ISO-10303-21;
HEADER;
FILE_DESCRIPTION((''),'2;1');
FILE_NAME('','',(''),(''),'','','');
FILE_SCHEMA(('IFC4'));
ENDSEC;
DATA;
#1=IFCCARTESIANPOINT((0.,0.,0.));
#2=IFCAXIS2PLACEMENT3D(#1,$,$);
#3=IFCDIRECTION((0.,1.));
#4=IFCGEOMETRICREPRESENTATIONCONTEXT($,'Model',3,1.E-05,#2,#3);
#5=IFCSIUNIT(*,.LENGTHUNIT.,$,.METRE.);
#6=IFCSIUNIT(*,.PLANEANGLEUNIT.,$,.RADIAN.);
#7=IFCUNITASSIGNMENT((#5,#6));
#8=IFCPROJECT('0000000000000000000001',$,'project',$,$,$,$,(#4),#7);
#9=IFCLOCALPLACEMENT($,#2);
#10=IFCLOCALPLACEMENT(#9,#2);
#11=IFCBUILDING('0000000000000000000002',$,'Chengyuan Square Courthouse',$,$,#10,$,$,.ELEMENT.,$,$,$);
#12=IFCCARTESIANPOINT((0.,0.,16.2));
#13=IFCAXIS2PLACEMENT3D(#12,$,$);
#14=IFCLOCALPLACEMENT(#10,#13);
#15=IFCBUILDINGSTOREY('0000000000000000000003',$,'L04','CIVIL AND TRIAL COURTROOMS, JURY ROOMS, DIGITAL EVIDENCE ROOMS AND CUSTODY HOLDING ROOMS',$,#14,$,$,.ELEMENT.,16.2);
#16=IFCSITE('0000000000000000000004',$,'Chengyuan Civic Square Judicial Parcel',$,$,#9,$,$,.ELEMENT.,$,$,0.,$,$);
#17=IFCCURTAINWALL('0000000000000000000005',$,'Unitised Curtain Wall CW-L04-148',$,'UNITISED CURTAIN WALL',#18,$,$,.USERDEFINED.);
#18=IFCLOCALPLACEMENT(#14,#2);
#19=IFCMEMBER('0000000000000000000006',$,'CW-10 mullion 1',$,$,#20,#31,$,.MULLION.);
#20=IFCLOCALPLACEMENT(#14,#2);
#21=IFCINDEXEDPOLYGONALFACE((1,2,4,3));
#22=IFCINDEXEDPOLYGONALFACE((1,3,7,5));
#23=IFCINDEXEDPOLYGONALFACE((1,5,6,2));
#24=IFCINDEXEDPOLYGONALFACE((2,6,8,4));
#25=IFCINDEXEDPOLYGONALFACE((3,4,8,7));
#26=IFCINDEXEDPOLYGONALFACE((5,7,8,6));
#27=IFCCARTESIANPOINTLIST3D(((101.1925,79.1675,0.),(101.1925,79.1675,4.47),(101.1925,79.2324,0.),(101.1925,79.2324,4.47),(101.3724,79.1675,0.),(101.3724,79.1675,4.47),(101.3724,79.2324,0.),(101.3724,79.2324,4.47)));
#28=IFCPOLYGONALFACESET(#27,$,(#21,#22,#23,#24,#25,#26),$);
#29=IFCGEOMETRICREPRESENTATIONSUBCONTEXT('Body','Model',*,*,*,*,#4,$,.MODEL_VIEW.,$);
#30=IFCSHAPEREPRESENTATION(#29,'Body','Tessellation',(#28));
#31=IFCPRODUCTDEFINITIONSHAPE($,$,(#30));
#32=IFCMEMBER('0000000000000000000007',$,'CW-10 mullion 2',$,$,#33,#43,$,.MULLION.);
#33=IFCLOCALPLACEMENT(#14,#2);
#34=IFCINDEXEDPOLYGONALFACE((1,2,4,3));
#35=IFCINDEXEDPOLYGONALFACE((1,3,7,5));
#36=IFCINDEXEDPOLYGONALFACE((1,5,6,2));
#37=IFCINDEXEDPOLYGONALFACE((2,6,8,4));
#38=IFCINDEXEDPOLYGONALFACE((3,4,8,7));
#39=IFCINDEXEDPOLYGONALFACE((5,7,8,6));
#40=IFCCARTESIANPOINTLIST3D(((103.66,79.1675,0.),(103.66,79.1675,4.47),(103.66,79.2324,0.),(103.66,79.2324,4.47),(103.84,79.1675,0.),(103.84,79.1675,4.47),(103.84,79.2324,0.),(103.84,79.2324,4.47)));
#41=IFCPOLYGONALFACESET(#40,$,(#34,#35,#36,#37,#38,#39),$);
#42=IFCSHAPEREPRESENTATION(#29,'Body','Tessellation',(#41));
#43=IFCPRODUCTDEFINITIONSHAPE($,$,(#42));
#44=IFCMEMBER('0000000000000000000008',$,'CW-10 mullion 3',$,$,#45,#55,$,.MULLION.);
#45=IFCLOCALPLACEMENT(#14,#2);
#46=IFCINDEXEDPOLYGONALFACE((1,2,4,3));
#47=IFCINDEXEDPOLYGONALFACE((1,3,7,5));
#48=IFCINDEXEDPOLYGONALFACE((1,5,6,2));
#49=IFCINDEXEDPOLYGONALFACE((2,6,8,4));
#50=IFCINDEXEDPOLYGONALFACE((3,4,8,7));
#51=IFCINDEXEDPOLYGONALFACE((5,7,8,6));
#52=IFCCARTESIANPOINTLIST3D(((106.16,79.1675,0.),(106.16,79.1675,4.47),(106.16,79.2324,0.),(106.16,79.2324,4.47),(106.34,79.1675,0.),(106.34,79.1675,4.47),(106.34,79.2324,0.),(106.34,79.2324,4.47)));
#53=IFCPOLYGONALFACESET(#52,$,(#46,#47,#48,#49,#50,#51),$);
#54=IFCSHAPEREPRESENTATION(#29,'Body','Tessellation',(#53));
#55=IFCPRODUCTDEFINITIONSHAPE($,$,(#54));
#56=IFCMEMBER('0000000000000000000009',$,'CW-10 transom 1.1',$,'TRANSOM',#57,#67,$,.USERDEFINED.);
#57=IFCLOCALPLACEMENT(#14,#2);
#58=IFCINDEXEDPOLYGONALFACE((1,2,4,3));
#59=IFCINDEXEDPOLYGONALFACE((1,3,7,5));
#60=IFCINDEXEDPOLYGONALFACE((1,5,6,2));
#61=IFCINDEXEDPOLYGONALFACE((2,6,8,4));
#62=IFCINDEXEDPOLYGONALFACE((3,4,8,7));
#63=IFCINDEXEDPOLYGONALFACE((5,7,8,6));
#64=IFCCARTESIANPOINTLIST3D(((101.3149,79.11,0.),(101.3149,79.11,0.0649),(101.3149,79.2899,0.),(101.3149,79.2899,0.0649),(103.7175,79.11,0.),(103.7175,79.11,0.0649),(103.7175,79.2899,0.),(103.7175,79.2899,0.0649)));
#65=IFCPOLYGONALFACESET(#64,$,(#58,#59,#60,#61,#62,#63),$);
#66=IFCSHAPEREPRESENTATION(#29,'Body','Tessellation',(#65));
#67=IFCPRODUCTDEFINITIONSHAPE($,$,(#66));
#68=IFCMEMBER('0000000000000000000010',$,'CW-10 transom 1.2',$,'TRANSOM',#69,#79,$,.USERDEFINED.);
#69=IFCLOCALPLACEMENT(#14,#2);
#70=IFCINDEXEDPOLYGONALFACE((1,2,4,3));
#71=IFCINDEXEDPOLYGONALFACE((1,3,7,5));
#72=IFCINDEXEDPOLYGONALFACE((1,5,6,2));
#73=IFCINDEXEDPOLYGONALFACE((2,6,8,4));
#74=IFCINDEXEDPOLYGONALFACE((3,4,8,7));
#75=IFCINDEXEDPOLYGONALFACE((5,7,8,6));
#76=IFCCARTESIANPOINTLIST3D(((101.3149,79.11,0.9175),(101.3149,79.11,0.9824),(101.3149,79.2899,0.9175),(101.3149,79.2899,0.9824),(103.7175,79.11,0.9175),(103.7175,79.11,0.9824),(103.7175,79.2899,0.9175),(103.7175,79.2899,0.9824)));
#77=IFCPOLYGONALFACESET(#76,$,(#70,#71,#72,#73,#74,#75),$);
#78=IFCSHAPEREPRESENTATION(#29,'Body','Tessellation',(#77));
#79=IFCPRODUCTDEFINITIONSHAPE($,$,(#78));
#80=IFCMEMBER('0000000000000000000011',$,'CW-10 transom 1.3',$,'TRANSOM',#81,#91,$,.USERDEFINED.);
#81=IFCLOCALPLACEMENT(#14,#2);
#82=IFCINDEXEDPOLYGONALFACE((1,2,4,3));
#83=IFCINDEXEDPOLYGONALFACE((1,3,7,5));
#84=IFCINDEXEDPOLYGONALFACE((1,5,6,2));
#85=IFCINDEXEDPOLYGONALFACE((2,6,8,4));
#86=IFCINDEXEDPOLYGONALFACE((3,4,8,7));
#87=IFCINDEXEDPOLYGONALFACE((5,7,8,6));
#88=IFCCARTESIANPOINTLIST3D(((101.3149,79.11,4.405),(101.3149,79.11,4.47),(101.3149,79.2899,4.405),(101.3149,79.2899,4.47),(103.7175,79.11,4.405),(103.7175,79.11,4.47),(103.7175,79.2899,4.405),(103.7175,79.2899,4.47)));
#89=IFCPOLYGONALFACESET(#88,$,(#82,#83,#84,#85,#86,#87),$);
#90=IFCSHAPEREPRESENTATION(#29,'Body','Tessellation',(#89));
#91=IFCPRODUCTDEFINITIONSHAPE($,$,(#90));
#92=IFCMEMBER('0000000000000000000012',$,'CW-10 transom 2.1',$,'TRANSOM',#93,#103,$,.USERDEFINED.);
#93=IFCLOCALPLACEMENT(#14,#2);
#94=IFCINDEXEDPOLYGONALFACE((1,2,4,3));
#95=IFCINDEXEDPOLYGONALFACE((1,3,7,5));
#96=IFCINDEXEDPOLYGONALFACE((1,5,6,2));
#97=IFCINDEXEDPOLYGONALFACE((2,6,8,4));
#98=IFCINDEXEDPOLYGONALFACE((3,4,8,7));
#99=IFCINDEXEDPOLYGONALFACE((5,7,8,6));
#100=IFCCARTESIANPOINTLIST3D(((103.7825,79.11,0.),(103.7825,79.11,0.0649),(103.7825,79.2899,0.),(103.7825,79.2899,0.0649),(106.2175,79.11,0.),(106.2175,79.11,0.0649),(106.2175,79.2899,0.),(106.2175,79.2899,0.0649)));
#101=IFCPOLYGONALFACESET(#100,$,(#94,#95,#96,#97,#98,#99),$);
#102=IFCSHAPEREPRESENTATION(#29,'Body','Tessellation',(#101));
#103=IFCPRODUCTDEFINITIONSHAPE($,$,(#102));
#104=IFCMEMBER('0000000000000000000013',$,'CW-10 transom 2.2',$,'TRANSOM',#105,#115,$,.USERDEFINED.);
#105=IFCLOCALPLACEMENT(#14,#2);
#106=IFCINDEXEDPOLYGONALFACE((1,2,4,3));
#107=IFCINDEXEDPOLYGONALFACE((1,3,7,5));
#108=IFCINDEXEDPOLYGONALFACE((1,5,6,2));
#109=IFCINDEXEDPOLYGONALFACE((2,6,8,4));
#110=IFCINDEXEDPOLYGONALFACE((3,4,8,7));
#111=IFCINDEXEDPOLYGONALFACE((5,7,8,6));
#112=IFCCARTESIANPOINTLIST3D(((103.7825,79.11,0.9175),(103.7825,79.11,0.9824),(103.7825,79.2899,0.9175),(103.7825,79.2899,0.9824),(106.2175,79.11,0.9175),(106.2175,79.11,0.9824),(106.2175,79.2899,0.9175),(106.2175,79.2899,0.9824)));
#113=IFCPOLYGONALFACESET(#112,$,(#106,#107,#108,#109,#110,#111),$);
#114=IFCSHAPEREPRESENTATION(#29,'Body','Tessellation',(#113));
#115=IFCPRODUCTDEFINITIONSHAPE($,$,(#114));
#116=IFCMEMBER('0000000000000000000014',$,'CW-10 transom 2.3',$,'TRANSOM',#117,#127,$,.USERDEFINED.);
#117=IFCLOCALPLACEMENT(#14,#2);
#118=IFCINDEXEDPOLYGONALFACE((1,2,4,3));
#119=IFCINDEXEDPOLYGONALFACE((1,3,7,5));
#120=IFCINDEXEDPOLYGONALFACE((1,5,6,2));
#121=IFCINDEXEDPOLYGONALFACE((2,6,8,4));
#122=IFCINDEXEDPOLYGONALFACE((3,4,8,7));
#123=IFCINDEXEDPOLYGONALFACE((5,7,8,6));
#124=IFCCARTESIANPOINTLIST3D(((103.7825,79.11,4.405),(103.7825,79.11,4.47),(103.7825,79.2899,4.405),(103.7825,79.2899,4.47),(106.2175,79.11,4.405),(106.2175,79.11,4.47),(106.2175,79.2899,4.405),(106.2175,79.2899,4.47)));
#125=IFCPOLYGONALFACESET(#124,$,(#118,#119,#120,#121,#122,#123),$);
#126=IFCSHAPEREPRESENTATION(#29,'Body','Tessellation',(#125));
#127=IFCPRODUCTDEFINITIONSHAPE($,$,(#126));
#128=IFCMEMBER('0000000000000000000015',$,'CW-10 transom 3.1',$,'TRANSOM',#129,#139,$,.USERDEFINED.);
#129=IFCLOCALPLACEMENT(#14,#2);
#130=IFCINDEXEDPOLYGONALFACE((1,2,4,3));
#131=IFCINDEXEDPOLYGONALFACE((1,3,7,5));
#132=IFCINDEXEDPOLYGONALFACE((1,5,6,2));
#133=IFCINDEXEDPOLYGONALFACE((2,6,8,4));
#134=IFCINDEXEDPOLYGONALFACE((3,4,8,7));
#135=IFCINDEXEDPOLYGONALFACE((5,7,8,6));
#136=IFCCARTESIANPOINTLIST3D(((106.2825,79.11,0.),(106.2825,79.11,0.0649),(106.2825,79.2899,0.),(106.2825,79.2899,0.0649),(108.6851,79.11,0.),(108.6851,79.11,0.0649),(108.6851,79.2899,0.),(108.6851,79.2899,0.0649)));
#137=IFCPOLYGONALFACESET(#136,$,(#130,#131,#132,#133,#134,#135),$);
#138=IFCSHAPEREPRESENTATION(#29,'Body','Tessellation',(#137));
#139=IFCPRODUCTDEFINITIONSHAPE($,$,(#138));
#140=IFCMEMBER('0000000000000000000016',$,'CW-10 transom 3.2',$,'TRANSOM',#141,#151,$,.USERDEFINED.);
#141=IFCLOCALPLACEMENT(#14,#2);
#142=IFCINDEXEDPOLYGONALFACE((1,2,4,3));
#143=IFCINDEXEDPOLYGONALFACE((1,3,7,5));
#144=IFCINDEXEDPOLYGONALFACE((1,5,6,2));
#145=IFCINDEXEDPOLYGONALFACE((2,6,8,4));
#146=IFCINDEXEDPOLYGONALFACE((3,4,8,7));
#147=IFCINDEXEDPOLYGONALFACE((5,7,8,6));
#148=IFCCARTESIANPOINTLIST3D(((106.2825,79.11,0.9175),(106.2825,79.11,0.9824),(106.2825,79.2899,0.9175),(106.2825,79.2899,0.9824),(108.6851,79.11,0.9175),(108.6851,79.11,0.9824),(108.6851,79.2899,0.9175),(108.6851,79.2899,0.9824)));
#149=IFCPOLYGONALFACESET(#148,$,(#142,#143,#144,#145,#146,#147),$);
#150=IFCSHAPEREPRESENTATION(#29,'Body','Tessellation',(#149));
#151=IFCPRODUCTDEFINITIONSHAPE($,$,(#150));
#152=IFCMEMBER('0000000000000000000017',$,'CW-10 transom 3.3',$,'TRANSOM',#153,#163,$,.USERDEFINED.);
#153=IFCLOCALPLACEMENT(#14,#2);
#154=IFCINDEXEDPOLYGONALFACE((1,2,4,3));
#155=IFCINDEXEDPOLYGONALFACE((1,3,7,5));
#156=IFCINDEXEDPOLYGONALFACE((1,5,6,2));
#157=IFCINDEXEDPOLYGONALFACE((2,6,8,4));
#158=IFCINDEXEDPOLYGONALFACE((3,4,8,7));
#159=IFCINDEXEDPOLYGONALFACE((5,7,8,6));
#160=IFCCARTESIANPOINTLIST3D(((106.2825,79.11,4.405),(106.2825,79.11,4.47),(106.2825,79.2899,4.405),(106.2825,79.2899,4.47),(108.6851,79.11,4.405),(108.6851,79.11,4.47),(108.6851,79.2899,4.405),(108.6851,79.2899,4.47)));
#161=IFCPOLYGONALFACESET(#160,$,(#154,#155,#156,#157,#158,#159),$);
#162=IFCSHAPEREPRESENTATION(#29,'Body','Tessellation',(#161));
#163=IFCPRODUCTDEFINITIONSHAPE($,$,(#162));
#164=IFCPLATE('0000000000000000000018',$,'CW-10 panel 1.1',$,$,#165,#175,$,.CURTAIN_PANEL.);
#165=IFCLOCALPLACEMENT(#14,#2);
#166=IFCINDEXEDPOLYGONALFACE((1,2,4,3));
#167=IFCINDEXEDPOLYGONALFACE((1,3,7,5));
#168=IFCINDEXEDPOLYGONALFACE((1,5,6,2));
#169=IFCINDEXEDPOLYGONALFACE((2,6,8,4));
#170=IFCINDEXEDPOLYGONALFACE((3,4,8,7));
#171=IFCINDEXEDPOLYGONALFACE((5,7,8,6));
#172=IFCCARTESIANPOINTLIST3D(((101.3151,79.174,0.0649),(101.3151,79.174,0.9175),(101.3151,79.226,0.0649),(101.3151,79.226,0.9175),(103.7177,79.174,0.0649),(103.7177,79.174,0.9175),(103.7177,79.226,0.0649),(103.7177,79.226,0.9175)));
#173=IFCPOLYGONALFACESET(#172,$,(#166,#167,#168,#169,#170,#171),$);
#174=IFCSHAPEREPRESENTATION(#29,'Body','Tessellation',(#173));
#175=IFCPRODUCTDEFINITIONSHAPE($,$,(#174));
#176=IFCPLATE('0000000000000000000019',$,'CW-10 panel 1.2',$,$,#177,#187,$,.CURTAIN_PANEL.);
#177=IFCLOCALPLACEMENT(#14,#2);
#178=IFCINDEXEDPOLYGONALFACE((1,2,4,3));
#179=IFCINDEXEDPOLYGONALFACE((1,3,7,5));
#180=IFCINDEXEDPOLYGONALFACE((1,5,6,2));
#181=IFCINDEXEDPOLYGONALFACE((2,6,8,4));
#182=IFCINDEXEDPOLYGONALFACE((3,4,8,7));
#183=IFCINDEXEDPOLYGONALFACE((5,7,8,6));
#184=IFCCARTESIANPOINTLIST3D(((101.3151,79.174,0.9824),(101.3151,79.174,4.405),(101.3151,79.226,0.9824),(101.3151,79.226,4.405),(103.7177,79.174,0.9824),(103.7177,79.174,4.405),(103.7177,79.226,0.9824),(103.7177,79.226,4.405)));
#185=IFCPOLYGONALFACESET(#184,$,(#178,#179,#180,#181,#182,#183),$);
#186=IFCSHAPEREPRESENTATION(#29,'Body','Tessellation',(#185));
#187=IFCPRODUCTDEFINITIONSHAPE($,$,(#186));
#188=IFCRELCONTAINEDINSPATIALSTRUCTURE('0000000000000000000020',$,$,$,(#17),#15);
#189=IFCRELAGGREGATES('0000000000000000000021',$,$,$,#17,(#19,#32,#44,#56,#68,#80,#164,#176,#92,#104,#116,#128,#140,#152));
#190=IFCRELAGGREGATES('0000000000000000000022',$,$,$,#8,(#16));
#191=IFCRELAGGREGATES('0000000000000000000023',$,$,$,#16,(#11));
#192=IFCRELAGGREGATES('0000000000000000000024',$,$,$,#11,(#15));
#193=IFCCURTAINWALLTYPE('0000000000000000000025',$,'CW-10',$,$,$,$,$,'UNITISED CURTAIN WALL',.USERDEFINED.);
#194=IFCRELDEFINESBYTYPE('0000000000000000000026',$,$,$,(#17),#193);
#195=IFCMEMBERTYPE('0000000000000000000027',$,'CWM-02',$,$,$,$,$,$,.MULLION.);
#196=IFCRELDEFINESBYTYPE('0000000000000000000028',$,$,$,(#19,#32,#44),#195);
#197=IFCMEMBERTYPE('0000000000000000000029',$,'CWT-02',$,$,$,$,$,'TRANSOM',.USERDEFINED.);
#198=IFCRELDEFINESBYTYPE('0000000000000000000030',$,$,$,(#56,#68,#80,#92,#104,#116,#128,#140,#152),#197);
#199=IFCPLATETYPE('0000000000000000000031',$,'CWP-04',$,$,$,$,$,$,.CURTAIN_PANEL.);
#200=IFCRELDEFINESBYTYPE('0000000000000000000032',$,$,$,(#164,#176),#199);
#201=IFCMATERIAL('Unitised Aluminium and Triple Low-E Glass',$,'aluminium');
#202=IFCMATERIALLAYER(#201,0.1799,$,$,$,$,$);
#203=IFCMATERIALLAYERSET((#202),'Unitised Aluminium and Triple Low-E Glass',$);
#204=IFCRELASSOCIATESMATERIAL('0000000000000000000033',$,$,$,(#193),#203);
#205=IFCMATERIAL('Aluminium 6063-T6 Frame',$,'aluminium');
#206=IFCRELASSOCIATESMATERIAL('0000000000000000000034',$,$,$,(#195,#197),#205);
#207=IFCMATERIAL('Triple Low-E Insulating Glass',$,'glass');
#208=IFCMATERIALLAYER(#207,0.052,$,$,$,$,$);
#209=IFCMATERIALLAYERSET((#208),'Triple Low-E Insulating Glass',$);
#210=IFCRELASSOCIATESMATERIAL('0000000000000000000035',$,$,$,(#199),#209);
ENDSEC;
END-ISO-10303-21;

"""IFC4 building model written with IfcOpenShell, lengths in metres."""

from ifc_helpers import new_model, si_unit, direction, frame, origin, origin_2d, place, context, subcontext, project, spatial, rectangle, extrude, material, layer, layer_set, material_profile, profile_set, type_object, element, aggregate, save


model = new_model("IFC4")

# Units and contexts
model_context = context("Model", 3, precision=1e-05, world=origin(), true_north=direction((0.0, 1.0)))
body_context = subcontext(model_context, "Body", "Model", "MODEL_VIEW")
ifc_project = project(units=[si_unit("LENGTHUNIT", "METRE"), si_unit("PLANEANGLEUNIT", "RADIAN")], contexts=[model_context])

# Site, building, storey
site_placement = place(None, origin())
site = spatial("IfcSite", under=ifc_project, at=site_placement, Name="Chengyuan Civic Square Judicial Parcel", CompositionType="ELEMENT", RefElevation=0.0)
building_placement = place(site_placement, origin())
building = spatial("IfcBuilding", under=site, at=building_placement, Name="Chengyuan Square Courthouse", CompositionType="ELEMENT")
storey_placement = place(building_placement, frame((0.0, 0.0, 16.2)))
storey = spatial("IfcBuildingStorey", under=building, at=storey_placement, Name="L04", Description="CIVIL AND TRIAL COURTROOMS, JURY ROOMS, DIGITAL EVIDENCE ROOMS AND CUSTODY HOLDING ROOMS", CompositionType="ELEMENT", Elevation=16.2)

# Curtain wall, members, plates
ifc_material_1 = material(Name="Unitised Aluminium and Triple Low-E Glass", Category="aluminium")
ifc_layer_1 = layer(ifc_material_1, 0.1799)
ifc_layer_set_1 = layer_set([ifc_layer_1], Name="Unitised Aluminium and Triple Low-E Glass")
curtain_wall_type = type_object("IfcCurtainWallType", Name="CW-10", ElementType="UNITISED CURTAIN WALL", PredefinedType="USERDEFINED", material=ifc_layer_set_1)
curtain_wall_placement = place(storey_placement, origin())
curtain_wall = element("IfcCurtainWall", 1, at=curtain_wall_placement, inside=storey, type_object=curtain_wall_type, Name="Unitised Curtain Wall CW-L04-148", ObjectType="UNITISED CURTAIN WALL", PredefinedType="USERDEFINED")
ifc_material_2 = material(Name="Aluminium 6063-T6 Frame", Category="aluminium")
ifc_material_profile_1 = material_profile(ifc_material_2, rectangle(XDim=0.0649, YDim=0.1799, at=origin_2d()), Name="CW-MUL-65x180")
ifc_profile_set_1 = profile_set([ifc_material_profile_1], Name="Aluminium 6063-T6 Frame")
member_type_1 = type_object("IfcMemberType", Name="CWM-02", PredefinedType="MULLION", material=ifc_profile_set_1)
member_1_placement = place(storey_placement, frame((101.2825, 79.2, 0.0), z_axis=(0.0, 0.0, 1.0), x_axis=(0.0, 1.0, 0.0)))
member_1 = element("IfcMember", 2, at=member_1_placement, type_object=member_type_1, Name="CW-10 mullion 1", PredefinedType="MULLION", context=body_context, shape_type="SweptSolid", body=[
    extrude(rectangle(XDim=0.0649, YDim=0.1799, at=origin_2d()), origin(), (0.0, 0.0, 1.0), 4.47),
])
member_2_placement = place(storey_placement, frame((103.75, 79.2, 0.0), z_axis=(0.0, 0.0, 1.0), x_axis=(0.0, 1.0, 0.0)))
member_2 = element("IfcMember", 3, at=member_2_placement, type_object=member_type_1, Name="CW-10 mullion 2", PredefinedType="MULLION", context=body_context, shape_type="SweptSolid", body=[
    extrude(rectangle(XDim=0.0649, YDim=0.1799, at=origin_2d()), origin(), (0.0, 0.0, 1.0), 4.47),
])
member_3_placement = place(storey_placement, frame((106.25, 79.2, 0.0), z_axis=(0.0, 0.0, 1.0), x_axis=(0.0, 1.0, 0.0)))
member_3 = element("IfcMember", 4, at=member_3_placement, type_object=member_type_1, Name="CW-10 mullion 3", PredefinedType="MULLION", context=body_context, shape_type="SweptSolid", body=[
    extrude(rectangle(XDim=0.0649, YDim=0.1799, at=origin_2d()), origin(), (0.0, 0.0, 1.0), 4.47),
])
ifc_material_profile_2 = material_profile(ifc_material_2, rectangle(XDim=0.1799, YDim=0.0649, at=origin_2d()), Name="CW-TRN-65x140")
ifc_profile_set_2 = profile_set([ifc_material_profile_2], Name="Aluminium 6063-T6 Frame")
member_type_2 = type_object("IfcMemberType", Name="CWT-02", ElementType="TRANSOM", PredefinedType="USERDEFINED", material=ifc_profile_set_2)
member_4_placement = place(storey_placement, frame((101.3149, 79.2, 0.0325), z_axis=(1.0, 0.0, 0.0), x_axis=(0.0, 1.0, 0.0)))
member_4 = element("IfcMember", 5, at=member_4_placement, type_object=member_type_2, Name="CW-10 transom 1.1", ObjectType="TRANSOM", PredefinedType="USERDEFINED", context=body_context, shape_type="SweptSolid", body=[
    extrude(rectangle(XDim=0.1799, YDim=0.0649, at=origin_2d()), origin(), (0.0, 0.0, 1.0), 2.4026),
])
member_5_placement = place(storey_placement, frame((101.3149, 79.2, 0.95), z_axis=(1.0, 0.0, 0.0), x_axis=(0.0, 1.0, 0.0)))
member_5 = element("IfcMember", 6, at=member_5_placement, type_object=member_type_2, Name="CW-10 transom 1.2", ObjectType="TRANSOM", PredefinedType="USERDEFINED", context=body_context, shape_type="SweptSolid", body=[
    extrude(rectangle(XDim=0.1799, YDim=0.0649, at=origin_2d()), origin(), (0.0, 0.0, 1.0), 2.4026),
])
member_6_placement = place(storey_placement, frame((101.3149, 79.2, 4.4375), z_axis=(1.0, 0.0, 0.0), x_axis=(0.0, 1.0, 0.0)))
member_6 = element("IfcMember", 7, at=member_6_placement, type_object=member_type_2, Name="CW-10 transom 1.3", ObjectType="TRANSOM", PredefinedType="USERDEFINED", context=body_context, shape_type="SweptSolid", body=[
    extrude(rectangle(XDim=0.1799, YDim=0.0649, at=origin_2d()), origin(), (0.0, 0.0, 1.0), 2.4026),
])
member_7_placement = place(storey_placement, frame((103.7825, 79.2, 0.0325), z_axis=(1.0, 0.0, 0.0), x_axis=(0.0, 1.0, 0.0)))
member_7 = element("IfcMember", 8, at=member_7_placement, type_object=member_type_2, Name="CW-10 transom 2.1", ObjectType="TRANSOM", PredefinedType="USERDEFINED", context=body_context, shape_type="SweptSolid", body=[
    extrude(rectangle(XDim=0.1799, YDim=0.0649, at=origin_2d()), origin(), (0.0, 0.0, 1.0), 2.4351),
])
member_8_placement = place(storey_placement, frame((103.7825, 79.2, 0.95), z_axis=(1.0, 0.0, 0.0), x_axis=(0.0, 1.0, 0.0)))
member_8 = element("IfcMember", 9, at=member_8_placement, type_object=member_type_2, Name="CW-10 transom 2.2", ObjectType="TRANSOM", PredefinedType="USERDEFINED", context=body_context, shape_type="SweptSolid", body=[
    extrude(rectangle(XDim=0.1799, YDim=0.0649, at=origin_2d()), origin(), (0.0, 0.0, 1.0), 2.4351),
])
member_9_placement = place(storey_placement, frame((103.7825, 79.2, 4.4375), z_axis=(1.0, 0.0, 0.0), x_axis=(0.0, 1.0, 0.0)))
member_9 = element("IfcMember", 10, at=member_9_placement, type_object=member_type_2, Name="CW-10 transom 2.3", ObjectType="TRANSOM", PredefinedType="USERDEFINED", context=body_context, shape_type="SweptSolid", body=[
    extrude(rectangle(XDim=0.1799, YDim=0.0649, at=origin_2d()), origin(), (0.0, 0.0, 1.0), 2.4351),
])
member_10_placement = place(storey_placement, frame((106.2825, 79.2, 0.0325), z_axis=(1.0, 0.0, 0.0), x_axis=(0.0, 1.0, 0.0)))
member_10 = element("IfcMember", 11, at=member_10_placement, type_object=member_type_2, Name="CW-10 transom 3.1", ObjectType="TRANSOM", PredefinedType="USERDEFINED", context=body_context, shape_type="SweptSolid", body=[
    extrude(rectangle(XDim=0.1799, YDim=0.0649, at=origin_2d()), origin(), (0.0, 0.0, 1.0), 2.4026),
])
member_11_placement = place(storey_placement, frame((106.2825, 79.2, 0.95), z_axis=(1.0, 0.0, 0.0), x_axis=(0.0, 1.0, 0.0)))
member_11 = element("IfcMember", 12, at=member_11_placement, type_object=member_type_2, Name="CW-10 transom 3.2", ObjectType="TRANSOM", PredefinedType="USERDEFINED", context=body_context, shape_type="SweptSolid", body=[
    extrude(rectangle(XDim=0.1799, YDim=0.0649, at=origin_2d()), origin(), (0.0, 0.0, 1.0), 2.4026),
])
member_12_placement = place(storey_placement, frame((106.2825, 79.2, 4.4375), z_axis=(1.0, 0.0, 0.0), x_axis=(0.0, 1.0, 0.0)))
member_12 = element("IfcMember", 13, at=member_12_placement, type_object=member_type_2, Name="CW-10 transom 3.3", ObjectType="TRANSOM", PredefinedType="USERDEFINED", context=body_context, shape_type="SweptSolid", body=[
    extrude(rectangle(XDim=0.1799, YDim=0.0649, at=origin_2d()), origin(), (0.0, 0.0, 1.0), 2.4026),
])
ifc_material_3 = material(Name="Triple Low-E Insulating Glass", Category="glass")
ifc_layer_2 = layer(ifc_material_3, 0.052)
ifc_layer_set_2 = layer_set([ifc_layer_2], Name="Triple Low-E Insulating Glass")
plate_type = type_object("IfcPlateType", Name="CWP-04", PredefinedType="CURTAIN_PANEL", material=ifc_layer_set_2)
plate_1_placement = place(storey_placement, frame((102.5164, 79.2, 0.0649), z_axis=(0.0, 0.0, 1.0), x_axis=(1.0, 0.0, 0.0)))
plate_1 = element("IfcPlate", 14, at=plate_1_placement, type_object=plate_type, Name="CW-10 panel 1.1", PredefinedType="CURTAIN_PANEL", context=body_context, shape_type="SweptSolid", body=[
    extrude(rectangle(XDim=2.4026, YDim=0.052, at=origin_2d()), origin(), (0.0, 0.0, 1.0), 0.8525),
])
plate_2_placement = place(storey_placement, frame((102.5164, 79.2, 0.9824), z_axis=(0.0, 0.0, 1.0), x_axis=(1.0, 0.0, 0.0)))
plate_2 = element("IfcPlate", 15, at=plate_2_placement, type_object=plate_type, Name="CW-10 panel 1.2", PredefinedType="CURTAIN_PANEL", context=body_context, shape_type="SweptSolid", body=[
    extrude(rectangle(XDim=2.4026, YDim=0.052, at=origin_2d()), origin(), (0.0, 0.0, 1.0), 3.4226),
])
aggregate(curtain_wall, [member_1, member_2, member_3, member_4, member_5, member_6, plate_1, plate_2, member_7, member_8, member_9, member_10, member_11, member_12])

save(model, "model.ifc")
